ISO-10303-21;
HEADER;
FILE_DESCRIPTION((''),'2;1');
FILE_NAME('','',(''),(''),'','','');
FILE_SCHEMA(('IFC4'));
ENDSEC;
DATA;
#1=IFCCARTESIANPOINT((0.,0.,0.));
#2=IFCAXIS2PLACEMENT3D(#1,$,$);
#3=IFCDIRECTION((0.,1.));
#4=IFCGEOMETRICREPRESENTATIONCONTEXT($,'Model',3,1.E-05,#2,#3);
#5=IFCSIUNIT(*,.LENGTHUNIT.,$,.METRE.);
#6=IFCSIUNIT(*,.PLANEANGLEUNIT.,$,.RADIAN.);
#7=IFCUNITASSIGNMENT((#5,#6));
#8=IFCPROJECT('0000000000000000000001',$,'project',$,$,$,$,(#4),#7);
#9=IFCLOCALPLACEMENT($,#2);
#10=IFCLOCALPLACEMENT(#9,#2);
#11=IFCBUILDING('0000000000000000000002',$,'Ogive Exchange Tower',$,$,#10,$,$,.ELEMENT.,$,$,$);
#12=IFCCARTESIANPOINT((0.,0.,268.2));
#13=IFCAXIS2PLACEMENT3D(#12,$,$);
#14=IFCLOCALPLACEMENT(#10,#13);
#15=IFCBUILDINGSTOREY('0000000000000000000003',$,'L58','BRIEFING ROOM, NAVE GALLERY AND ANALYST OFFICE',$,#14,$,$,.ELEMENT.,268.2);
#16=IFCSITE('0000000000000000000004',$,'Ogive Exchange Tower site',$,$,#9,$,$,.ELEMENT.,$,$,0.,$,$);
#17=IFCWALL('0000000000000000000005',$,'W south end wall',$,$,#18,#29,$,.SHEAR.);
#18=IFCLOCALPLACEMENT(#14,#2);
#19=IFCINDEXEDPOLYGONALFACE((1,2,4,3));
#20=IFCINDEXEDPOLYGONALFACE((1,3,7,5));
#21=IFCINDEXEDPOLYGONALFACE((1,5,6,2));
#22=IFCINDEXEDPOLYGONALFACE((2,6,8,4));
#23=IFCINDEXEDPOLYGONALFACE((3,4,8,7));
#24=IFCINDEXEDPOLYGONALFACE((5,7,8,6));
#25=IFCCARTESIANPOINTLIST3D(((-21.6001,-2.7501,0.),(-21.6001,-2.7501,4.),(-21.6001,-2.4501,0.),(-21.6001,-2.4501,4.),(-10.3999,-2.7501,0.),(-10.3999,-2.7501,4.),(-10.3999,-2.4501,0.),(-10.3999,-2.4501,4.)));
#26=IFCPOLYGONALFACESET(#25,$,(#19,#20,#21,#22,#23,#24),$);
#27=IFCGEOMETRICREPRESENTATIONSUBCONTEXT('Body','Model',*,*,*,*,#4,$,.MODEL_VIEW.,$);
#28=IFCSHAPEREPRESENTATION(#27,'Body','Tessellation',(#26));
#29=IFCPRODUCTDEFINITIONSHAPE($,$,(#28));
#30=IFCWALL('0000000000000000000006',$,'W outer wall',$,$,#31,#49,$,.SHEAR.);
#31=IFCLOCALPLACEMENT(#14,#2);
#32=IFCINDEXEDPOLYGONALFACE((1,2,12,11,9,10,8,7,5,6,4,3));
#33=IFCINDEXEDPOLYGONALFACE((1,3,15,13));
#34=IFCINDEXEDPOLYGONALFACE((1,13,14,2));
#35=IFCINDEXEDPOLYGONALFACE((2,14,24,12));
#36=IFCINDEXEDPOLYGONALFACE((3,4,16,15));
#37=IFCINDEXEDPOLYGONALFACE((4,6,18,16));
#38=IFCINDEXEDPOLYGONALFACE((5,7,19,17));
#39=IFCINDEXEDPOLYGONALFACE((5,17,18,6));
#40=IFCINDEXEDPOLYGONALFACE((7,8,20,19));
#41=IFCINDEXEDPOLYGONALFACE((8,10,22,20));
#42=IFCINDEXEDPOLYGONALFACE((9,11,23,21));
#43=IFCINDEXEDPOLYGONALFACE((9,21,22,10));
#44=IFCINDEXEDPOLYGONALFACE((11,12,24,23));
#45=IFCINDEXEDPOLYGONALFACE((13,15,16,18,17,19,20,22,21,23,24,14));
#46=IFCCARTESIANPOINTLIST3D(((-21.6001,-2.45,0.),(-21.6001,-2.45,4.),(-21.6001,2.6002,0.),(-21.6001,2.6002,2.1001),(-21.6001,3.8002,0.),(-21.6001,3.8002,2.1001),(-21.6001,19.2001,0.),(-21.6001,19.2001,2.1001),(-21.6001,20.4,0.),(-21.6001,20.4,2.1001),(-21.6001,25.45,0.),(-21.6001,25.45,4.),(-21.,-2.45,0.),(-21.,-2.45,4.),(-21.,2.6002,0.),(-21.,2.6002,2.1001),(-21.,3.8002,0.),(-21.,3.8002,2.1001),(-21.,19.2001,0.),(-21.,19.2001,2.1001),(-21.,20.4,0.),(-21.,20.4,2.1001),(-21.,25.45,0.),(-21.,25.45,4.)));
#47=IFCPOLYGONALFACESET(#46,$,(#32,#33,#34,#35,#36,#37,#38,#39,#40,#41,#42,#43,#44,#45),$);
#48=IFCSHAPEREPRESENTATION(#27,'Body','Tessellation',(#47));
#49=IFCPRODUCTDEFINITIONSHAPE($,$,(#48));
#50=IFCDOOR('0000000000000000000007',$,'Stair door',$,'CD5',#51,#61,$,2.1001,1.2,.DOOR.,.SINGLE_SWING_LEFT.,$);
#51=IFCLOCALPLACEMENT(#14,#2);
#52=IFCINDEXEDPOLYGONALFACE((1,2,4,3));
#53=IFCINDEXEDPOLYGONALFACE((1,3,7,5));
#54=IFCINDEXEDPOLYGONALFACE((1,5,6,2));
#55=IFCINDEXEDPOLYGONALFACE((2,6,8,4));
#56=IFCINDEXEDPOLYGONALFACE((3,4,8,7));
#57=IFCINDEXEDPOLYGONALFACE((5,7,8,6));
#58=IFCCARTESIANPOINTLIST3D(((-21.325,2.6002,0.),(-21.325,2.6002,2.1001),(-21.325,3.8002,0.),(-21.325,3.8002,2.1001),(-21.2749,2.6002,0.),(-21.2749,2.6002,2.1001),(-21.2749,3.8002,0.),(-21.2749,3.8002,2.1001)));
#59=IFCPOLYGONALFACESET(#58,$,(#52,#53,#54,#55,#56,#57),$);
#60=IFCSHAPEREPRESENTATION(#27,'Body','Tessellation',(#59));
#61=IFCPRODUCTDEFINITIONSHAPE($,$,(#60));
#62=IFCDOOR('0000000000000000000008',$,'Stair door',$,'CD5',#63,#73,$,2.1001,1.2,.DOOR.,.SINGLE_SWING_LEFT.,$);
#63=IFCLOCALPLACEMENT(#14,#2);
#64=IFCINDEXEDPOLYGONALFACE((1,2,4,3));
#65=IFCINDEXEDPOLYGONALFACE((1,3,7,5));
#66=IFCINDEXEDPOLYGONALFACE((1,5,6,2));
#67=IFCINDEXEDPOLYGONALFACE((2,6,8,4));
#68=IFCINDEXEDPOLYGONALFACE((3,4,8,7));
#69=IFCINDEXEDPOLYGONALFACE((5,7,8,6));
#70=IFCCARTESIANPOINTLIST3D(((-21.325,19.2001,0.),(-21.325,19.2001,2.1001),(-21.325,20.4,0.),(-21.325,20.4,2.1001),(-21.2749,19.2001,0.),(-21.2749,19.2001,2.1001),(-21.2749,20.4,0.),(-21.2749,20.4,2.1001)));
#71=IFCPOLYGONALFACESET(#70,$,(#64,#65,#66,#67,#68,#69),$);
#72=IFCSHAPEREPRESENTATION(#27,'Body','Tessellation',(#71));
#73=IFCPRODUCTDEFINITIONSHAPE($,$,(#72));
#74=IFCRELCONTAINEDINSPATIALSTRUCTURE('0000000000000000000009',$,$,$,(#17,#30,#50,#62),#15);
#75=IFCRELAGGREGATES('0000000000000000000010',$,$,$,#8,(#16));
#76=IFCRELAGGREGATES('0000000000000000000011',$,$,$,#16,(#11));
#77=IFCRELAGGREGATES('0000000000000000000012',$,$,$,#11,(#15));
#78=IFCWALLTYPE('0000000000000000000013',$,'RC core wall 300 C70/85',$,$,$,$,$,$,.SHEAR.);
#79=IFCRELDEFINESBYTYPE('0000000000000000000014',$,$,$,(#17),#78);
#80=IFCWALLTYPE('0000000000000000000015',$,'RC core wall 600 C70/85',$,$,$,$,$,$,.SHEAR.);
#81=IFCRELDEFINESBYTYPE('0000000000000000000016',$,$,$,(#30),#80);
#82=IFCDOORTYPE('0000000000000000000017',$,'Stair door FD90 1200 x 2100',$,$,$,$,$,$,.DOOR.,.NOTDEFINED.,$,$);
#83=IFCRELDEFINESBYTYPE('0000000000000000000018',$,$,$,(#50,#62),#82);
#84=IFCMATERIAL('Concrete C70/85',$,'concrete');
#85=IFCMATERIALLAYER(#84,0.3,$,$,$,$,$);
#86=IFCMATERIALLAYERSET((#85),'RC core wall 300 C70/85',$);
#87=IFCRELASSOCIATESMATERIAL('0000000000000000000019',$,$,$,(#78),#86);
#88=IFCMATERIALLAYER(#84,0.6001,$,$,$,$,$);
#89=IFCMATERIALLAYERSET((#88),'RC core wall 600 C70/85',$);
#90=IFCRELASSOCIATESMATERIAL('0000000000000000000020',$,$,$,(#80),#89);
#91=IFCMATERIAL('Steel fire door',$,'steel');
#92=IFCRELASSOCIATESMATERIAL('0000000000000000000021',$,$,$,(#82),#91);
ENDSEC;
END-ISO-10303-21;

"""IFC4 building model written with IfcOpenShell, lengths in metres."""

from ifc_helpers import new_model, si_unit, direction, frame, frame_2d, origin, place, context, subcontext, project, spatial, rectangle, extrude, material, layer, layer_set, type_object, element, fill, save


model = new_model("IFC4")

# Units and contexts
model_context = context("Model", 3, precision=1e-05, world=origin(), true_north=direction((0.0, 1.0)))
body_context = subcontext(model_context, "Body", "Model", "MODEL_VIEW")
ifc_project = project(units=[si_unit("LENGTHUNIT", "METRE"), si_unit("PLANEANGLEUNIT", "RADIAN")], contexts=[model_context])

# Site, building, storey
site_placement = place(None, origin())
site = spatial("IfcSite", under=ifc_project, at=site_placement, Name="Ogive Exchange Tower site", CompositionType="ELEMENT", RefElevation=0.0)
building_placement = place(site_placement, origin())
building = spatial("IfcBuilding", under=site, at=building_placement, Name="Ogive Exchange Tower", CompositionType="ELEMENT")
storey_placement = place(building_placement, frame((0.0, 0.0, 268.2)))
storey = spatial("IfcBuildingStorey", under=building, at=storey_placement, Name="L58", Description="BRIEFING ROOM, NAVE GALLERY AND ANALYST OFFICE", CompositionType="ELEMENT", Elevation=268.2)

# Wall
ifc_material_1 = material(Name="Concrete C70/85", Category="concrete")
ifc_layer_1 = layer(ifc_material_1, 0.3)
ifc_layer_set_1 = layer_set([ifc_layer_1], Name="RC core wall 300 C70/85")
wall_type_1 = type_object("IfcWallType", Name="RC core wall 300 C70/85", PredefinedType="SHEAR", material=ifc_layer_set_1)
wall_1_placement = place(storey_placement, frame((-21.6001, -2.6001, 0.0), z_axis=(0.0, 0.0, 1.0), x_axis=(1.0, 0.0, 0.0)))
element("IfcWall", 1, at=wall_1_placement, inside=storey, type_object=wall_type_1, Name="W south end wall", PredefinedType="SHEAR", context=body_context, shape_type="SweptSolid", body=[
    extrude(rectangle(XDim=11.2002, YDim=0.3, at=frame_2d((5.6001, 0.0))), origin(), (0.0, 0.0, 1.0), 4.0),
])

# Wall, openings, doors
ifc_layer_2 = layer(ifc_material_1, 0.6001)
ifc_layer_set_2 = layer_set([ifc_layer_2], Name="RC core wall 600 C70/85")
wall_type_2 = type_object("IfcWallType", Name="RC core wall 600 C70/85", PredefinedType="SHEAR", material=ifc_layer_set_2)
wall_2_placement = place(storey_placement, frame((-21.3, -2.45, 0.0), z_axis=(0.0, 0.0, 1.0), x_axis=(0.0, 1.0, 0.0)))
wall_2 = element("IfcWall", 2, at=wall_2_placement, inside=storey, type_object=wall_type_2, Name="W outer wall", PredefinedType="SHEAR", context=body_context, shape_type="SweptSolid", body=[
    extrude(rectangle(XDim=27.8999, YDim=0.6001, at=frame_2d((13.95, 0.0))), origin(), (0.0, 0.0, 1.0), 4.0),
])
opening_1_placement = place(wall_2_placement, frame((5.05, 0.0, 0.0)))
opening_1 = element("IfcOpeningElement", 3, at=opening_1_placement, cuts=wall_2, PredefinedType="OPENING", context=body_context, shape_type="SweptSolid", body=[
    extrude(rectangle(XDim=1.2, YDim=2.1001, at=frame_2d((0.6001, 1.05))), frame((0.0, 0.3101, 0.0), z_axis=(0.0, -1.0, 0.0), x_axis=(1.0, 0.0, 0.0)), (0.0, 0.0, 1.0), 0.6201),
])
opening_2_placement = place(wall_2_placement, frame((21.6499, 0.0, 0.0)))
opening_2 = element("IfcOpeningElement", 4, at=opening_2_placement, cuts=wall_2, PredefinedType="OPENING", context=body_context, shape_type="SweptSolid", body=[
    extrude(rectangle(XDim=1.2, YDim=2.1001, at=frame_2d((0.6001, 1.05))), frame((0.0, 0.3101, 0.0), z_axis=(0.0, -1.0, 0.0), x_axis=(1.0, 0.0, 0.0)), (0.0, 0.0, 1.0), 0.6201),
])
ifc_material_2 = material(Name="Steel fire door", Category="steel")
door_type_1 = type_object("IfcDoorType", Name="Stair door FD90 1200 x 2100", OperationType="NOTDEFINED", PredefinedType="DOOR", material=ifc_material_2)
door_1_placement = place(opening_1_placement, origin())
door_1 = element("IfcDoor", 5, at=door_1_placement, inside=storey, type_object=door_type_1, Name="Stair door", ObjectType="CD5", OperationType="SINGLE_SWING_LEFT", OverallHeight=2.1001, OverallWidth=1.2, PredefinedType="DOOR", context=body_context, shape_type="SweptSolid", body=[
    extrude(rectangle(XDim=1.2, YDim=2.1001, at=frame_2d((0.6001, 1.05))), frame((0.0, 0.0249, 0.0), z_axis=(0.0, -1.0, 0.0), x_axis=(1.0, 0.0, 0.0)), (0.0, 0.0, 1.0), 0.05),
])
fill(opening_1, door_1)
door_2_placement = place(opening_2_placement, origin())
door_2 = element("IfcDoor", 6, at=door_2_placement, inside=storey, type_object=door_type_1, Name="Stair door", ObjectType="CD5", OperationType="SINGLE_SWING_LEFT", OverallHeight=2.1001, OverallWidth=1.2, PredefinedType="DOOR", context=body_context, shape_type="SweptSolid", body=[
    extrude(rectangle(XDim=1.2, YDim=2.1001, at=frame_2d((0.6001, 1.05))), frame((0.0, 0.0249, 0.0), z_axis=(0.0, -1.0, 0.0), x_axis=(1.0, 0.0, 0.0)), (0.0, 0.0, 1.0), 0.05),
])
fill(opening_2, door_2)

save(model, "model.ifc")
